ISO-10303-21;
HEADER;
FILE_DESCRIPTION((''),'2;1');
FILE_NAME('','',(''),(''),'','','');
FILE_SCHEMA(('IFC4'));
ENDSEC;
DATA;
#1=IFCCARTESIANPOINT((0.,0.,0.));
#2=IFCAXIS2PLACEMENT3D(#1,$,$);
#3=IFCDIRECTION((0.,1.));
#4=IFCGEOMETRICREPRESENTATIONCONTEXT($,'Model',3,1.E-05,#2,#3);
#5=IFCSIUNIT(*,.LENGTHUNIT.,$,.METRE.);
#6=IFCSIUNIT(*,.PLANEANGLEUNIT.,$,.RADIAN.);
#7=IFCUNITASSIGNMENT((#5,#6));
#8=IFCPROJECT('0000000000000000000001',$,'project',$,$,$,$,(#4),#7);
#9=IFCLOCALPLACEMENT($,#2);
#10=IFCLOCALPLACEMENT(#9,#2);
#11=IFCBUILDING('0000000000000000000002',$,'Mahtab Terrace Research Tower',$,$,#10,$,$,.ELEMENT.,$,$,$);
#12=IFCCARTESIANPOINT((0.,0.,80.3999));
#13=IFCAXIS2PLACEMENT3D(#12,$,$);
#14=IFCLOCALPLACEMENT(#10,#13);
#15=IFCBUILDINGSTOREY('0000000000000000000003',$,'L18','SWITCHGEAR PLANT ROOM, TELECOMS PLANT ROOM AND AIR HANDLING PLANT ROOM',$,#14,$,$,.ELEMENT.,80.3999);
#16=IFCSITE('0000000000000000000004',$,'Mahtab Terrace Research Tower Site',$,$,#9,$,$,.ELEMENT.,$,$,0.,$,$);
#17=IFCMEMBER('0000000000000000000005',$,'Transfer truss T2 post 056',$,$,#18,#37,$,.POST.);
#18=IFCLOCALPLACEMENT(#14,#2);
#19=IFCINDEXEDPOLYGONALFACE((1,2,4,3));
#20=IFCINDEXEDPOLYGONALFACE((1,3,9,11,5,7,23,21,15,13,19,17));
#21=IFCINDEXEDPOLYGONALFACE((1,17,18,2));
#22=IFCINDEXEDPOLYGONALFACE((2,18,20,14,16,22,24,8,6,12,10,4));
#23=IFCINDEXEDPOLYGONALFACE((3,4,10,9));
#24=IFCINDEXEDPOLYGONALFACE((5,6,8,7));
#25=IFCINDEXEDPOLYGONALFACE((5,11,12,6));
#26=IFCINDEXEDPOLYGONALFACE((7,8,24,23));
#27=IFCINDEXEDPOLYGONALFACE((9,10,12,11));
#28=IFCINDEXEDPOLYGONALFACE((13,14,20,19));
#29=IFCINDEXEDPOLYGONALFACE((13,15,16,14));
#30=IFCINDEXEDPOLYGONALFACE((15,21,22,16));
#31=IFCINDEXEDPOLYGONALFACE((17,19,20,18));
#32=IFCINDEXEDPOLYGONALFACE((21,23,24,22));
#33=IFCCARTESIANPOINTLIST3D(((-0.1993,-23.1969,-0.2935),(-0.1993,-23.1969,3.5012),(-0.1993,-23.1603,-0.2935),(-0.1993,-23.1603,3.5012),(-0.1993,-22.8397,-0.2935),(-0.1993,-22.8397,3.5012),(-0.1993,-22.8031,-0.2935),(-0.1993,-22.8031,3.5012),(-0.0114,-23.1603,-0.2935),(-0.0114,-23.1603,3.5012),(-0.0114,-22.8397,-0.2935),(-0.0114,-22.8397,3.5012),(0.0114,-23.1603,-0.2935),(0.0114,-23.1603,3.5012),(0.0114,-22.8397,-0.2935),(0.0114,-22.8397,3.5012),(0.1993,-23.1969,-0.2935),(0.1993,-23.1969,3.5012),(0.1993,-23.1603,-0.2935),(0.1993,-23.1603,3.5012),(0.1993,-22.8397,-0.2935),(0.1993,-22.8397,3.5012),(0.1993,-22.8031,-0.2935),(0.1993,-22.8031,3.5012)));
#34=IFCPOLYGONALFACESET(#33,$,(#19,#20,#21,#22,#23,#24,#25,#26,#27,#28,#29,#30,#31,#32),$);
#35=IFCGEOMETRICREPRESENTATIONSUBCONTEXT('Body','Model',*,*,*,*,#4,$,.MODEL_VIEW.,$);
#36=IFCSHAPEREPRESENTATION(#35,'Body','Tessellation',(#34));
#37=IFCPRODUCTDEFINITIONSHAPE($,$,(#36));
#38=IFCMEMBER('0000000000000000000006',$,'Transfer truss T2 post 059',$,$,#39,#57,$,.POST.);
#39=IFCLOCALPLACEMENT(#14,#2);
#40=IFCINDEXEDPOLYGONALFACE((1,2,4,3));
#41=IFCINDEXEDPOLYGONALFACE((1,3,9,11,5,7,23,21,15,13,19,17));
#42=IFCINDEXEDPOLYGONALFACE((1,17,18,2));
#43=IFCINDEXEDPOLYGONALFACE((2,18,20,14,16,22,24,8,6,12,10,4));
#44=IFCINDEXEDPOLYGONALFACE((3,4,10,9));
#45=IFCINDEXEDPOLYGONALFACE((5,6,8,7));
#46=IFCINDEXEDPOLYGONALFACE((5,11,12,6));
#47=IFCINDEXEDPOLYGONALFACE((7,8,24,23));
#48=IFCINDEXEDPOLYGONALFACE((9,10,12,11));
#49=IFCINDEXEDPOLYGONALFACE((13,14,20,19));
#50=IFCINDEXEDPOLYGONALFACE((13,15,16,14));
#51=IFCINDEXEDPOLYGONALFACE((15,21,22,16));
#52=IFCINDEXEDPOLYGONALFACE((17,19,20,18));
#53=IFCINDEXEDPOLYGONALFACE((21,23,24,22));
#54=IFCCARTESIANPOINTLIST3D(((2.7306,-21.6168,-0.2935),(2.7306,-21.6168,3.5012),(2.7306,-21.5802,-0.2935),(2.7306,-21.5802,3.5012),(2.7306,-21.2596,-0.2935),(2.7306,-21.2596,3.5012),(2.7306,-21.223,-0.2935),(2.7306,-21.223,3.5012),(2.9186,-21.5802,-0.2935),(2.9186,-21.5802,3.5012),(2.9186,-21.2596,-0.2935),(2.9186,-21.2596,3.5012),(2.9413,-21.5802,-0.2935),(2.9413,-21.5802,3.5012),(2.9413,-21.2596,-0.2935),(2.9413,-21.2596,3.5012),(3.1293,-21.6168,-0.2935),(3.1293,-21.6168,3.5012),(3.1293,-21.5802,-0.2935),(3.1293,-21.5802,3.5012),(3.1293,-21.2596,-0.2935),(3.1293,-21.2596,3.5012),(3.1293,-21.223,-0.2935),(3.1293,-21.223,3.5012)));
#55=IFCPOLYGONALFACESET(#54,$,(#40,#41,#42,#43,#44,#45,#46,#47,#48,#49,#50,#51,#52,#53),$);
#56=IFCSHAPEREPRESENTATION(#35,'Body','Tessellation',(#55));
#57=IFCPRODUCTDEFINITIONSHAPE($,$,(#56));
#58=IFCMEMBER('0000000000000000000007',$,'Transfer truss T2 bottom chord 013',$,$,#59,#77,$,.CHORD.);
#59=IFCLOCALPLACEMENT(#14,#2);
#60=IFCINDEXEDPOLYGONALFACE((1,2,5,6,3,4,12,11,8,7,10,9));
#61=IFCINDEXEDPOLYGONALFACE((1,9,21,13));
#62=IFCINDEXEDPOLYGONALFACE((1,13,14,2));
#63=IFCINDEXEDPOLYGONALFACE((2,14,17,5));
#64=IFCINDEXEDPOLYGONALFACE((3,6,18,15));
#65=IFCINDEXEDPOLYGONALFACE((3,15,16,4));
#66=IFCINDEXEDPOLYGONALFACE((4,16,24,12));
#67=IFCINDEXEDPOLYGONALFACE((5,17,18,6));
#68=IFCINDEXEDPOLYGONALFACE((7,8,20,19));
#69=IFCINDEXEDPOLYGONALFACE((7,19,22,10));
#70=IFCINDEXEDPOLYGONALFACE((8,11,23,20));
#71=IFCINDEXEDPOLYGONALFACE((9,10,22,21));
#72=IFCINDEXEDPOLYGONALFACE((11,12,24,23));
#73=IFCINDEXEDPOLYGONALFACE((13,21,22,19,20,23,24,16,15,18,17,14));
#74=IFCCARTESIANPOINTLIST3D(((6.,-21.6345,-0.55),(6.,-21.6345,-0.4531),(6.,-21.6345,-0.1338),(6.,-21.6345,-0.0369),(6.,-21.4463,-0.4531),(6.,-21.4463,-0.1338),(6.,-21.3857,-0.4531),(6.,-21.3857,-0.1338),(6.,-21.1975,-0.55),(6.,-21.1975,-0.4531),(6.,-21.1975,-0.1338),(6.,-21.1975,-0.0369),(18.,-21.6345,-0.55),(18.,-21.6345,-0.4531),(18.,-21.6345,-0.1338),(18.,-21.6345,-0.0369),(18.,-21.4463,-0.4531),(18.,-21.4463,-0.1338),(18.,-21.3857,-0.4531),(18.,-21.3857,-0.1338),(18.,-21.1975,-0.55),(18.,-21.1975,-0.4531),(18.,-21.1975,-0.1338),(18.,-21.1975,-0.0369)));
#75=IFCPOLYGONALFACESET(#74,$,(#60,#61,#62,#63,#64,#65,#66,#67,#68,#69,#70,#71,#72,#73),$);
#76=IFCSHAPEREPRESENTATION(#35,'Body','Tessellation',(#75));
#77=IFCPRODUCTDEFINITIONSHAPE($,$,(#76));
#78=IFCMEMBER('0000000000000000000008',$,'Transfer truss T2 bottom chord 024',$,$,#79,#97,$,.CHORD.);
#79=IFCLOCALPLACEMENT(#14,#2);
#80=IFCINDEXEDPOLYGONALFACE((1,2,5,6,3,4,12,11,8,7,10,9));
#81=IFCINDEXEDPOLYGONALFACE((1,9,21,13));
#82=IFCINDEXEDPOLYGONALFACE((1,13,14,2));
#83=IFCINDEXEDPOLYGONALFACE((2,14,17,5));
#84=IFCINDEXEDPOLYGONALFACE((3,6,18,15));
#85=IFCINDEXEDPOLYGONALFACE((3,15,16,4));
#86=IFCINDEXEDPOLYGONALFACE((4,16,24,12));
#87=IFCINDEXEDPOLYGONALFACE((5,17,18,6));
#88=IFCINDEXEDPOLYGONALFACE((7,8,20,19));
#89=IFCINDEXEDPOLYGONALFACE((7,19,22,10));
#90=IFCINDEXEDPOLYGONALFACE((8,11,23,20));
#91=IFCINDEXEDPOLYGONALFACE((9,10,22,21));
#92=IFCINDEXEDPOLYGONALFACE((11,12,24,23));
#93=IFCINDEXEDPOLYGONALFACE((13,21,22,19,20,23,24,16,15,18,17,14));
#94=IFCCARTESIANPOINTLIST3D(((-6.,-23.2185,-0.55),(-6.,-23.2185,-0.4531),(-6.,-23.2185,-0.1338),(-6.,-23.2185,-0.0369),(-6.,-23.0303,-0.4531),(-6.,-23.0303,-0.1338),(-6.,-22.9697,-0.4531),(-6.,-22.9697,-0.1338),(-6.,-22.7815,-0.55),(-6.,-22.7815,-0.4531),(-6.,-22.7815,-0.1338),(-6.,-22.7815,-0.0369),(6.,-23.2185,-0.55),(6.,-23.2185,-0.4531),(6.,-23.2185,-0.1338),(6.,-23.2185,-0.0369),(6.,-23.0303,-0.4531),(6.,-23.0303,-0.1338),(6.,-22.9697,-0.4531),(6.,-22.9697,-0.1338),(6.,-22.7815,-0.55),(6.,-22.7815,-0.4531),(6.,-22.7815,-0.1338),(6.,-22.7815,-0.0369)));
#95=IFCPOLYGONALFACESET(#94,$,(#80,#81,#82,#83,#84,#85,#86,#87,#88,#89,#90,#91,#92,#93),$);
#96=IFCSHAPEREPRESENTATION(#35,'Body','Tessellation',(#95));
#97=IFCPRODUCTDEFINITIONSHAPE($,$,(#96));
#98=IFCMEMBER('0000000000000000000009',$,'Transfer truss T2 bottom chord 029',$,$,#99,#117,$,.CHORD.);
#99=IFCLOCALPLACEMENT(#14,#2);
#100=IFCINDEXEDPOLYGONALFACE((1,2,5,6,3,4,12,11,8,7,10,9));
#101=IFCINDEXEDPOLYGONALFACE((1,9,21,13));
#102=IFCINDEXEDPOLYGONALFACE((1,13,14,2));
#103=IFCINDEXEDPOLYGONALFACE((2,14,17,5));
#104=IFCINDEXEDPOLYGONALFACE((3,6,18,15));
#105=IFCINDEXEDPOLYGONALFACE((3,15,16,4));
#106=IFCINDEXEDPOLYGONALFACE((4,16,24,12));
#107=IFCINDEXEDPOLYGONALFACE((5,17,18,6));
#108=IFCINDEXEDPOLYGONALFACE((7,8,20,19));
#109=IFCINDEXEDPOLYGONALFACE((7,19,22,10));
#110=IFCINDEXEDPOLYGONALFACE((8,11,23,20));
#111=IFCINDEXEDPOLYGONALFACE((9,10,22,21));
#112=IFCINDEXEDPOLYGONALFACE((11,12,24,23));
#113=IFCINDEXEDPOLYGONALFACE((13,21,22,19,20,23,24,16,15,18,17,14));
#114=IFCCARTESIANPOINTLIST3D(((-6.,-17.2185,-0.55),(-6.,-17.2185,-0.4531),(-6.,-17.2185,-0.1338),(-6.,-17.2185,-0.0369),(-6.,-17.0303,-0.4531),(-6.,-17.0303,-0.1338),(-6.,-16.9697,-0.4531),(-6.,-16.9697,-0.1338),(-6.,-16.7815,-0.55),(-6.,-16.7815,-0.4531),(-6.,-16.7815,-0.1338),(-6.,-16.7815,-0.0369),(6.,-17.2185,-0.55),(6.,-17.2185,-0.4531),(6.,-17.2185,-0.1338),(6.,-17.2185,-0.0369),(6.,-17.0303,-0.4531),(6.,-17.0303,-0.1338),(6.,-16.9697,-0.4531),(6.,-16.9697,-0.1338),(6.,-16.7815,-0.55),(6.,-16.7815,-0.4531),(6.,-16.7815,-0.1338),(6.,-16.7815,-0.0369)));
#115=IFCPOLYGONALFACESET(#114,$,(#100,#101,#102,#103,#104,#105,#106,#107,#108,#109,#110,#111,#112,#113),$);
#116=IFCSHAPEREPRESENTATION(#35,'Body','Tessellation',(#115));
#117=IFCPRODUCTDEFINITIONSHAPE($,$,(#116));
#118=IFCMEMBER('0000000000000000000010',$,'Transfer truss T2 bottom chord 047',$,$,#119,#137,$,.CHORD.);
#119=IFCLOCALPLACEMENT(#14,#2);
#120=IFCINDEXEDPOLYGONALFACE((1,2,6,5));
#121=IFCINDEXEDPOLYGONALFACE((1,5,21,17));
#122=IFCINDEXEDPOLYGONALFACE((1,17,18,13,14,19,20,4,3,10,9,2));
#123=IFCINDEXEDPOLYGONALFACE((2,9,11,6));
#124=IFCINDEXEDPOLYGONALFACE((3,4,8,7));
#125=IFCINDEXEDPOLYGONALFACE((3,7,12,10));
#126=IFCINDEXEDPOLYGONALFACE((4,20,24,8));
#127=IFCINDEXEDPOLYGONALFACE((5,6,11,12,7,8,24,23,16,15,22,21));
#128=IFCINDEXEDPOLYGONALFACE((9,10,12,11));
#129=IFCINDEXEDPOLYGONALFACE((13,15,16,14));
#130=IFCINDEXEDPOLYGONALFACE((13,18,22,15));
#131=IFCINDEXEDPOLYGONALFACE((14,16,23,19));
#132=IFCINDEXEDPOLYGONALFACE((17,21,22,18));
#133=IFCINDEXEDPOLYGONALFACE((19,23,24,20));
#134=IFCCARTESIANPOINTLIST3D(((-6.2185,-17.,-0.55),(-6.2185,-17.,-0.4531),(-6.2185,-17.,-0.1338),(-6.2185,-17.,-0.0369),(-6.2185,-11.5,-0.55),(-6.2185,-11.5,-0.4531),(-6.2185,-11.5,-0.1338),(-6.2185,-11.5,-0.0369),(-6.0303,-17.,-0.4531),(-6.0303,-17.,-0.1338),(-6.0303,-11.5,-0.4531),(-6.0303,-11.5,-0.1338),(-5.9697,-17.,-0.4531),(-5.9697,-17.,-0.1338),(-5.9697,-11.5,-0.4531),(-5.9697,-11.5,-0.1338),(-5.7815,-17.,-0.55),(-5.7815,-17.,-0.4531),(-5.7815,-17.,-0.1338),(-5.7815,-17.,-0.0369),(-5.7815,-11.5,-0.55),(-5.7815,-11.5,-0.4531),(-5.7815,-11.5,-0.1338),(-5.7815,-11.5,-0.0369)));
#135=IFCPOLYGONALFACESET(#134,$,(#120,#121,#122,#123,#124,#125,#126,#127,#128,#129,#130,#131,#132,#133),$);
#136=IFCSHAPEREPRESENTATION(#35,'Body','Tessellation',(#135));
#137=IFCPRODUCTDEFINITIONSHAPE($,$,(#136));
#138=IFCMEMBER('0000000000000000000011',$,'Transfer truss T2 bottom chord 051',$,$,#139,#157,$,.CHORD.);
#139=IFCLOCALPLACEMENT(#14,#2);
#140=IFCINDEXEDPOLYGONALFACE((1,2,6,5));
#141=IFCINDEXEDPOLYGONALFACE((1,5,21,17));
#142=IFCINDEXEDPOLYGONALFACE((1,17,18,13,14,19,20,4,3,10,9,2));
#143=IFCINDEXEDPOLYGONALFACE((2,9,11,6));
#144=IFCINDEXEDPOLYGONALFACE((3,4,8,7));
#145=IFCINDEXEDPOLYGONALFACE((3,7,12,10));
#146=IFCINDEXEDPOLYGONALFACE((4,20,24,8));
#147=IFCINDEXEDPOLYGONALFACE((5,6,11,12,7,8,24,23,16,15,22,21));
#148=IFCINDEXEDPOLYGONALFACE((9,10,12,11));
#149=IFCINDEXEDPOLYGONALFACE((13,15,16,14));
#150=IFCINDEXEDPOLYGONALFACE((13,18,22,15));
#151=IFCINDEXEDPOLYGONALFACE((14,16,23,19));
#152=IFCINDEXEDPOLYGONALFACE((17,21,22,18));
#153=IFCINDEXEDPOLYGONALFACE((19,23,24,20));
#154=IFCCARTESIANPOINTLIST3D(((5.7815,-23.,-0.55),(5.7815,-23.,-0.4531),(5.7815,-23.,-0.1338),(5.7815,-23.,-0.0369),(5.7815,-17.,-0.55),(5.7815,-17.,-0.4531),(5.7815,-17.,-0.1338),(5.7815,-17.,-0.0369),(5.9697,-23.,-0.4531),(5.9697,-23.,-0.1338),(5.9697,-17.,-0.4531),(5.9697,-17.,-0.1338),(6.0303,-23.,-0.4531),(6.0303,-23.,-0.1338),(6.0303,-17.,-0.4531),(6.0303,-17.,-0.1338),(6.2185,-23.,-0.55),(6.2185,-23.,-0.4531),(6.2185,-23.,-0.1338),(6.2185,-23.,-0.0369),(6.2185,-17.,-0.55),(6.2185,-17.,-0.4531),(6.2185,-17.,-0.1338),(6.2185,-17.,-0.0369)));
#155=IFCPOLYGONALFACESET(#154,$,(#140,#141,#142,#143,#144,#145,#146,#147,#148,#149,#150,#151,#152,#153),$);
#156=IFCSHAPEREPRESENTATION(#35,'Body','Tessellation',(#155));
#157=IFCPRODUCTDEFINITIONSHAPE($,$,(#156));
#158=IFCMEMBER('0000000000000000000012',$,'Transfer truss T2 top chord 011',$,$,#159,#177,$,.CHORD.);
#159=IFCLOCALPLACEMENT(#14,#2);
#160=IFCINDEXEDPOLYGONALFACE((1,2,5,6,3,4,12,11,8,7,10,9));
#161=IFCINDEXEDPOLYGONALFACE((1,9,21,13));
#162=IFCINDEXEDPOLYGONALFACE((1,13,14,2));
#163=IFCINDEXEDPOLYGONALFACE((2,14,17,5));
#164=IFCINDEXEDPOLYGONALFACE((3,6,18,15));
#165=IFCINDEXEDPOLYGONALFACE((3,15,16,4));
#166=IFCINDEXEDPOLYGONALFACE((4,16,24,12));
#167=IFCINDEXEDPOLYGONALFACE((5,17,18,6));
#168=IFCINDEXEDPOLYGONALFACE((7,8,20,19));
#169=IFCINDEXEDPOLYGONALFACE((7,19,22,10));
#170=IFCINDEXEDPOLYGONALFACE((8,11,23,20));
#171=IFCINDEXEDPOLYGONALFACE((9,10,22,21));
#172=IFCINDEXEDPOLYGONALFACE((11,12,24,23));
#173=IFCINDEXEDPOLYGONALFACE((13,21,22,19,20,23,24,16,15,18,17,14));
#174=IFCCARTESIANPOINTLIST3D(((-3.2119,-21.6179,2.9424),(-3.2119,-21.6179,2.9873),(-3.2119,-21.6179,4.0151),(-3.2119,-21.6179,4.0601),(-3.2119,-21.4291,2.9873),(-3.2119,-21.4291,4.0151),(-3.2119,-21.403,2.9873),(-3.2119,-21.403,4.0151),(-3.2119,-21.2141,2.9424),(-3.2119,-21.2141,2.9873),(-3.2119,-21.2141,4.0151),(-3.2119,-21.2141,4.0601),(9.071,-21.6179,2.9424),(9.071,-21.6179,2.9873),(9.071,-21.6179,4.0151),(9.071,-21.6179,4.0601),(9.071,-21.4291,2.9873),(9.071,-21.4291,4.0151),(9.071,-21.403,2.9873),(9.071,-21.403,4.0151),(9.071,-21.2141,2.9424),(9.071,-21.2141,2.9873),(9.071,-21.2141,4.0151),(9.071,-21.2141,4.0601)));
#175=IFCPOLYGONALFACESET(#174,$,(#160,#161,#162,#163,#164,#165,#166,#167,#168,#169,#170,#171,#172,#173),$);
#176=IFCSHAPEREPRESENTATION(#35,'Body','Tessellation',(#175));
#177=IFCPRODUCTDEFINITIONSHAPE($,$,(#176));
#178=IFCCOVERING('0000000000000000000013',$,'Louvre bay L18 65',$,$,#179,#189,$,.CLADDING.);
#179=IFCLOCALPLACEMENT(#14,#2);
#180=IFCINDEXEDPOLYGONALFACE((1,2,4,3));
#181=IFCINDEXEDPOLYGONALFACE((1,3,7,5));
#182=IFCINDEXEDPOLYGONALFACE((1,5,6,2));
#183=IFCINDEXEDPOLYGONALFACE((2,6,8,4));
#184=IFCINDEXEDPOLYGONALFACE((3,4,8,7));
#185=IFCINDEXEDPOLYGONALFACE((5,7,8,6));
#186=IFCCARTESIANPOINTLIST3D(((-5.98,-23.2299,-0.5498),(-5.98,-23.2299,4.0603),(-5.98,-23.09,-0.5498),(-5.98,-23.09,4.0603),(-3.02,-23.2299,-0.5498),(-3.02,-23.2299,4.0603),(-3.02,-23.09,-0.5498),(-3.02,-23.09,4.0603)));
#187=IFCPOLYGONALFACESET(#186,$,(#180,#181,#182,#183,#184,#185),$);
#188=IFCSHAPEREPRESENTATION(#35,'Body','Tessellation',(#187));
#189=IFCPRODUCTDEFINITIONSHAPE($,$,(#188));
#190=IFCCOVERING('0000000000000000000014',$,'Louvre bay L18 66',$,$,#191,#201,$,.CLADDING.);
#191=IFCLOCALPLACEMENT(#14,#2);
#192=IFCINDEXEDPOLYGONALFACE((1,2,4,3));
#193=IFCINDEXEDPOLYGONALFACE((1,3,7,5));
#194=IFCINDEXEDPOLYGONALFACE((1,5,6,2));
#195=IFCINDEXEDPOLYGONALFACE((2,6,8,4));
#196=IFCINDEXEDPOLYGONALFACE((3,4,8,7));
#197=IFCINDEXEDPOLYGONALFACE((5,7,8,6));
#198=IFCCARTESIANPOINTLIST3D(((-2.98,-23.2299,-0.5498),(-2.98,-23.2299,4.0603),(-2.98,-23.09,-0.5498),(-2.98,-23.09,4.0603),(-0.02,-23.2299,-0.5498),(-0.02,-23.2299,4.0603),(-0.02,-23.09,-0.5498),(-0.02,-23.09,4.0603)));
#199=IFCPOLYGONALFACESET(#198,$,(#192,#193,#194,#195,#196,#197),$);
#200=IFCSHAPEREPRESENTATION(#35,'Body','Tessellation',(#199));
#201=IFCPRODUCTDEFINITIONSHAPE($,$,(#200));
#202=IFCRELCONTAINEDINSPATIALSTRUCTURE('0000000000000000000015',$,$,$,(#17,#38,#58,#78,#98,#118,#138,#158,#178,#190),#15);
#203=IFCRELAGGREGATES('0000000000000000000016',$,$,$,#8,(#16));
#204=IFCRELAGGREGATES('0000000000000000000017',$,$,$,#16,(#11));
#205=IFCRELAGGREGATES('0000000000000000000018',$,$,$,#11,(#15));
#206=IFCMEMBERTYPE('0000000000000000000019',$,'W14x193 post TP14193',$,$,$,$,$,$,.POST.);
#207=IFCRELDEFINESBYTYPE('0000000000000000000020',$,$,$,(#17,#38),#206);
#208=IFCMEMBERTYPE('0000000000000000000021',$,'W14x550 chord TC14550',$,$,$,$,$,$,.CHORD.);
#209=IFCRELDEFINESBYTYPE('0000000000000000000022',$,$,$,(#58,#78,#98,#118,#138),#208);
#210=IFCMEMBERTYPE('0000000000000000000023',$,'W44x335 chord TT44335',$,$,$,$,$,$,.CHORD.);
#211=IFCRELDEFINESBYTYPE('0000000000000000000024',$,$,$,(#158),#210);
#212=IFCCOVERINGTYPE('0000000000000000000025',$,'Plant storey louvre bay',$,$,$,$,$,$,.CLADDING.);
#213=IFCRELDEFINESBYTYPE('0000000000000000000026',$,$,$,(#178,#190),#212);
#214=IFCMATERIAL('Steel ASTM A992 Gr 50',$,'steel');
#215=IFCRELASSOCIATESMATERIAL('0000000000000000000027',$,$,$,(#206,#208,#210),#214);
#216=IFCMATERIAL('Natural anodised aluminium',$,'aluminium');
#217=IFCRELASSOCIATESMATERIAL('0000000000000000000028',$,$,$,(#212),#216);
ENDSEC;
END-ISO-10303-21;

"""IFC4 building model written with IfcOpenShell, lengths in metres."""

from ifc_helpers import new_model, si_unit, direction, frame, origin, origin_2d, place, context, subcontext, project, spatial, rectangle, i_section, extrude, material, material_profile, profile_set, type_object, element, save


model = new_model("IFC4")

# Units and contexts
model_context = context("Model", 3, precision=1e-05, world=origin(), true_north=direction((0.0, 1.0)))
body_context = subcontext(model_context, "Body", "Model", "MODEL_VIEW")
ifc_project = project(units=[si_unit("LENGTHUNIT", "METRE"), si_unit("PLANEANGLEUNIT", "RADIAN")], contexts=[model_context])

# Site, building, storey
site_placement = place(None, origin())
site = spatial("IfcSite", under=ifc_project, at=site_placement, Name="Mahtab Terrace Research Tower Site", CompositionType="ELEMENT", RefElevation=0.0)
building_placement = place(site_placement, origin())
building = spatial("IfcBuilding", under=site, at=building_placement, Name="Mahtab Terrace Research Tower", CompositionType="ELEMENT")
storey_placement = place(building_placement, frame((0.0, 0.0, 80.3999)))
storey = spatial("IfcBuildingStorey", under=building, at=storey_placement, Name="L18", Description="SWITCHGEAR PLANT ROOM, TELECOMS PLANT ROOM AND AIR HANDLING PLANT ROOM", CompositionType="ELEMENT", Elevation=80.3999)

# Shared definitions
ifc_material_1 = material(Name="Steel ASTM A992 Gr 50", Category="steel")

# Members
ifc_material_profile_1 = material_profile(ifc_material_1, i_section(OverallWidth=0.3987, OverallDepth=0.3938, WebThickness=0.0227, FlangeThickness=0.0366, at=origin_2d()), Name="W14X193")
ifc_profile_set_1 = profile_set([ifc_material_profile_1], Name="Steel ASTM A992 Gr 50")
member_type_1 = type_object("IfcMemberType", Name="W14x193 post TP14193", PredefinedType="POST", material=ifc_profile_set_1)
for number, where, z_axis, x_axis, name in (
    (1, (0.0, -23.0, -0.2935), (0.0, 0.0, 1.0), (1.0, 0.0, 0.0), "Transfer truss T2 post 056"),
    (2, (2.9299, -21.4199, -0.2935), (0.0, 0.0, 1.0), (1.0, 0.0, 0.0), "Transfer truss T2 post 059"),
):
    element("IfcMember", number, at=place(storey_placement, frame(where, z_axis=z_axis, x_axis=x_axis)), inside=storey, type_object=member_type_1, Name=name, PredefinedType="POST", context=body_context, shape_type="SweptSolid", body=[
        extrude(i_section(OverallWidth=0.3987, OverallDepth=0.3938, WebThickness=0.0227, FlangeThickness=0.0366, at=origin_2d()), origin(), (0.0, 0.0, 1.0), 3.7947),
    ])
ifc_material_profile_2 = material_profile(ifc_material_1, i_section(OverallWidth=0.437, OverallDepth=0.5132, WebThickness=0.0605, FlangeThickness=0.0969, at=origin_2d()), Name="W14X550")
ifc_profile_set_2 = profile_set([ifc_material_profile_2], Name="Steel ASTM A992 Gr 50")
member_type_2 = type_object("IfcMemberType", Name="W14x550 chord TC14550", PredefinedType="CHORD", material=ifc_profile_set_2)
for number, where, z_axis, x_axis, name in (
    (3, (6.0, -21.416, -0.2935), (1.0, 0.0, 0.0), (0.0, 1.0, 0.0), "Transfer truss T2 bottom chord 013"),
    (4, (6.0, -23.0, -0.2935), (-1.0, 0.0, 0.0), (0.0, -1.0, 0.0), "Transfer truss T2 bottom chord 024"),
    (5, (-6.0, -17.0, -0.2935), (1.0, 0.0, 0.0), (0.0, 1.0, 0.0), "Transfer truss T2 bottom chord 029"),
):
    element("IfcMember", number, at=place(storey_placement, frame(where, z_axis=z_axis, x_axis=x_axis)), inside=storey, type_object=member_type_2, Name=name, PredefinedType="CHORD", context=body_context, shape_type="SweptSolid", body=[
        extrude(i_section(OverallWidth=0.437, OverallDepth=0.5132, WebThickness=0.0605, FlangeThickness=0.0969, at=origin_2d()), origin(), (0.0, 0.0, 1.0), 12.0),
    ])
member_1_placement = place(storey_placement, frame((-6.0, -17.0, -0.2935), z_axis=(0.0, 1.0, 0.0), x_axis=(-1.0, 0.0, 0.0)))
element("IfcMember", 6, at=member_1_placement, inside=storey, type_object=member_type_2, Name="Transfer truss T2 bottom chord 047", PredefinedType="CHORD", context=body_context, shape_type="SweptSolid", body=[
    extrude(i_section(OverallWidth=0.437, OverallDepth=0.5132, WebThickness=0.0605, FlangeThickness=0.0969, at=origin_2d()), origin(), (0.0, 0.0, 1.0), 5.5),
])
member_2_placement = place(storey_placement, frame((6.0, -23.0, -0.2935), z_axis=(0.0, 1.0, 0.0), x_axis=(-1.0, 0.0, 0.0)))
element("IfcMember", 7, at=member_2_placement, inside=storey, type_object=member_type_2, Name="Transfer truss T2 bottom chord 051", PredefinedType="CHORD", context=body_context, shape_type="SweptSolid", body=[
    extrude(i_section(OverallWidth=0.437, OverallDepth=0.5132, WebThickness=0.0605, FlangeThickness=0.0969, at=origin_2d()), origin(), (0.0, 0.0, 1.0), 6.0),
])
ifc_material_profile_3 = material_profile(ifc_material_1, i_section(OverallWidth=0.4038, OverallDepth=1.1177, WebThickness=0.0261, FlangeThickness=0.0449, at=origin_2d()), Name="W44X335")
ifc_profile_set_3 = profile_set([ifc_material_profile_3], Name="Steel ASTM A992 Gr 50")
member_type_3 = type_object("IfcMemberType", Name="W44x335 chord TT44335", PredefinedType="CHORD", material=ifc_profile_set_3)
member_3_placement = place(storey_placement, frame((-3.2119, -21.416, 3.5012), z_axis=(1.0, 0.0, 0.0), x_axis=(0.0, 1.0, 0.0)))
element("IfcMember", 8, at=member_3_placement, inside=storey, type_object=member_type_3, Name="Transfer truss T2 top chord 011", PredefinedType="CHORD", context=body_context, shape_type="SweptSolid", body=[
    extrude(i_section(OverallWidth=0.4038, OverallDepth=1.1177, WebThickness=0.0261, FlangeThickness=0.0449, at=origin_2d()), origin(), (0.0, 0.0, 1.0), 12.283),
])

# Coverings
ifc_material_2 = material(Name="Natural anodised aluminium", Category="aluminium")
covering_type = type_object("IfcCoveringType", Name="Plant storey louvre bay", PredefinedType="CLADDING", material=ifc_material_2)
for number, where, z_axis, x_axis, name in (
    (9, (-4.5, -23.1599, -0.5498), (0.0, 0.0, 1.0), (1.0, 0.0, 0.0), "Louvre bay L18 65"),
    (10, (-1.5, -23.1599, -0.5498), (0.0, 0.0, 1.0), (1.0, 0.0, 0.0), "Louvre bay L18 66"),
):
    element("IfcCovering", number, at=place(storey_placement, frame(where, z_axis=z_axis, x_axis=x_axis)), inside=storey, type_object=covering_type, Name=name, PredefinedType="CLADDING", context=body_context, shape_type="SweptSolid", body=[
        extrude(rectangle(XDim=2.96, YDim=0.1399, at=origin_2d()), origin(), (0.0, 0.0, 1.0), 4.6101),
    ])

save(model, "model.ifc")
